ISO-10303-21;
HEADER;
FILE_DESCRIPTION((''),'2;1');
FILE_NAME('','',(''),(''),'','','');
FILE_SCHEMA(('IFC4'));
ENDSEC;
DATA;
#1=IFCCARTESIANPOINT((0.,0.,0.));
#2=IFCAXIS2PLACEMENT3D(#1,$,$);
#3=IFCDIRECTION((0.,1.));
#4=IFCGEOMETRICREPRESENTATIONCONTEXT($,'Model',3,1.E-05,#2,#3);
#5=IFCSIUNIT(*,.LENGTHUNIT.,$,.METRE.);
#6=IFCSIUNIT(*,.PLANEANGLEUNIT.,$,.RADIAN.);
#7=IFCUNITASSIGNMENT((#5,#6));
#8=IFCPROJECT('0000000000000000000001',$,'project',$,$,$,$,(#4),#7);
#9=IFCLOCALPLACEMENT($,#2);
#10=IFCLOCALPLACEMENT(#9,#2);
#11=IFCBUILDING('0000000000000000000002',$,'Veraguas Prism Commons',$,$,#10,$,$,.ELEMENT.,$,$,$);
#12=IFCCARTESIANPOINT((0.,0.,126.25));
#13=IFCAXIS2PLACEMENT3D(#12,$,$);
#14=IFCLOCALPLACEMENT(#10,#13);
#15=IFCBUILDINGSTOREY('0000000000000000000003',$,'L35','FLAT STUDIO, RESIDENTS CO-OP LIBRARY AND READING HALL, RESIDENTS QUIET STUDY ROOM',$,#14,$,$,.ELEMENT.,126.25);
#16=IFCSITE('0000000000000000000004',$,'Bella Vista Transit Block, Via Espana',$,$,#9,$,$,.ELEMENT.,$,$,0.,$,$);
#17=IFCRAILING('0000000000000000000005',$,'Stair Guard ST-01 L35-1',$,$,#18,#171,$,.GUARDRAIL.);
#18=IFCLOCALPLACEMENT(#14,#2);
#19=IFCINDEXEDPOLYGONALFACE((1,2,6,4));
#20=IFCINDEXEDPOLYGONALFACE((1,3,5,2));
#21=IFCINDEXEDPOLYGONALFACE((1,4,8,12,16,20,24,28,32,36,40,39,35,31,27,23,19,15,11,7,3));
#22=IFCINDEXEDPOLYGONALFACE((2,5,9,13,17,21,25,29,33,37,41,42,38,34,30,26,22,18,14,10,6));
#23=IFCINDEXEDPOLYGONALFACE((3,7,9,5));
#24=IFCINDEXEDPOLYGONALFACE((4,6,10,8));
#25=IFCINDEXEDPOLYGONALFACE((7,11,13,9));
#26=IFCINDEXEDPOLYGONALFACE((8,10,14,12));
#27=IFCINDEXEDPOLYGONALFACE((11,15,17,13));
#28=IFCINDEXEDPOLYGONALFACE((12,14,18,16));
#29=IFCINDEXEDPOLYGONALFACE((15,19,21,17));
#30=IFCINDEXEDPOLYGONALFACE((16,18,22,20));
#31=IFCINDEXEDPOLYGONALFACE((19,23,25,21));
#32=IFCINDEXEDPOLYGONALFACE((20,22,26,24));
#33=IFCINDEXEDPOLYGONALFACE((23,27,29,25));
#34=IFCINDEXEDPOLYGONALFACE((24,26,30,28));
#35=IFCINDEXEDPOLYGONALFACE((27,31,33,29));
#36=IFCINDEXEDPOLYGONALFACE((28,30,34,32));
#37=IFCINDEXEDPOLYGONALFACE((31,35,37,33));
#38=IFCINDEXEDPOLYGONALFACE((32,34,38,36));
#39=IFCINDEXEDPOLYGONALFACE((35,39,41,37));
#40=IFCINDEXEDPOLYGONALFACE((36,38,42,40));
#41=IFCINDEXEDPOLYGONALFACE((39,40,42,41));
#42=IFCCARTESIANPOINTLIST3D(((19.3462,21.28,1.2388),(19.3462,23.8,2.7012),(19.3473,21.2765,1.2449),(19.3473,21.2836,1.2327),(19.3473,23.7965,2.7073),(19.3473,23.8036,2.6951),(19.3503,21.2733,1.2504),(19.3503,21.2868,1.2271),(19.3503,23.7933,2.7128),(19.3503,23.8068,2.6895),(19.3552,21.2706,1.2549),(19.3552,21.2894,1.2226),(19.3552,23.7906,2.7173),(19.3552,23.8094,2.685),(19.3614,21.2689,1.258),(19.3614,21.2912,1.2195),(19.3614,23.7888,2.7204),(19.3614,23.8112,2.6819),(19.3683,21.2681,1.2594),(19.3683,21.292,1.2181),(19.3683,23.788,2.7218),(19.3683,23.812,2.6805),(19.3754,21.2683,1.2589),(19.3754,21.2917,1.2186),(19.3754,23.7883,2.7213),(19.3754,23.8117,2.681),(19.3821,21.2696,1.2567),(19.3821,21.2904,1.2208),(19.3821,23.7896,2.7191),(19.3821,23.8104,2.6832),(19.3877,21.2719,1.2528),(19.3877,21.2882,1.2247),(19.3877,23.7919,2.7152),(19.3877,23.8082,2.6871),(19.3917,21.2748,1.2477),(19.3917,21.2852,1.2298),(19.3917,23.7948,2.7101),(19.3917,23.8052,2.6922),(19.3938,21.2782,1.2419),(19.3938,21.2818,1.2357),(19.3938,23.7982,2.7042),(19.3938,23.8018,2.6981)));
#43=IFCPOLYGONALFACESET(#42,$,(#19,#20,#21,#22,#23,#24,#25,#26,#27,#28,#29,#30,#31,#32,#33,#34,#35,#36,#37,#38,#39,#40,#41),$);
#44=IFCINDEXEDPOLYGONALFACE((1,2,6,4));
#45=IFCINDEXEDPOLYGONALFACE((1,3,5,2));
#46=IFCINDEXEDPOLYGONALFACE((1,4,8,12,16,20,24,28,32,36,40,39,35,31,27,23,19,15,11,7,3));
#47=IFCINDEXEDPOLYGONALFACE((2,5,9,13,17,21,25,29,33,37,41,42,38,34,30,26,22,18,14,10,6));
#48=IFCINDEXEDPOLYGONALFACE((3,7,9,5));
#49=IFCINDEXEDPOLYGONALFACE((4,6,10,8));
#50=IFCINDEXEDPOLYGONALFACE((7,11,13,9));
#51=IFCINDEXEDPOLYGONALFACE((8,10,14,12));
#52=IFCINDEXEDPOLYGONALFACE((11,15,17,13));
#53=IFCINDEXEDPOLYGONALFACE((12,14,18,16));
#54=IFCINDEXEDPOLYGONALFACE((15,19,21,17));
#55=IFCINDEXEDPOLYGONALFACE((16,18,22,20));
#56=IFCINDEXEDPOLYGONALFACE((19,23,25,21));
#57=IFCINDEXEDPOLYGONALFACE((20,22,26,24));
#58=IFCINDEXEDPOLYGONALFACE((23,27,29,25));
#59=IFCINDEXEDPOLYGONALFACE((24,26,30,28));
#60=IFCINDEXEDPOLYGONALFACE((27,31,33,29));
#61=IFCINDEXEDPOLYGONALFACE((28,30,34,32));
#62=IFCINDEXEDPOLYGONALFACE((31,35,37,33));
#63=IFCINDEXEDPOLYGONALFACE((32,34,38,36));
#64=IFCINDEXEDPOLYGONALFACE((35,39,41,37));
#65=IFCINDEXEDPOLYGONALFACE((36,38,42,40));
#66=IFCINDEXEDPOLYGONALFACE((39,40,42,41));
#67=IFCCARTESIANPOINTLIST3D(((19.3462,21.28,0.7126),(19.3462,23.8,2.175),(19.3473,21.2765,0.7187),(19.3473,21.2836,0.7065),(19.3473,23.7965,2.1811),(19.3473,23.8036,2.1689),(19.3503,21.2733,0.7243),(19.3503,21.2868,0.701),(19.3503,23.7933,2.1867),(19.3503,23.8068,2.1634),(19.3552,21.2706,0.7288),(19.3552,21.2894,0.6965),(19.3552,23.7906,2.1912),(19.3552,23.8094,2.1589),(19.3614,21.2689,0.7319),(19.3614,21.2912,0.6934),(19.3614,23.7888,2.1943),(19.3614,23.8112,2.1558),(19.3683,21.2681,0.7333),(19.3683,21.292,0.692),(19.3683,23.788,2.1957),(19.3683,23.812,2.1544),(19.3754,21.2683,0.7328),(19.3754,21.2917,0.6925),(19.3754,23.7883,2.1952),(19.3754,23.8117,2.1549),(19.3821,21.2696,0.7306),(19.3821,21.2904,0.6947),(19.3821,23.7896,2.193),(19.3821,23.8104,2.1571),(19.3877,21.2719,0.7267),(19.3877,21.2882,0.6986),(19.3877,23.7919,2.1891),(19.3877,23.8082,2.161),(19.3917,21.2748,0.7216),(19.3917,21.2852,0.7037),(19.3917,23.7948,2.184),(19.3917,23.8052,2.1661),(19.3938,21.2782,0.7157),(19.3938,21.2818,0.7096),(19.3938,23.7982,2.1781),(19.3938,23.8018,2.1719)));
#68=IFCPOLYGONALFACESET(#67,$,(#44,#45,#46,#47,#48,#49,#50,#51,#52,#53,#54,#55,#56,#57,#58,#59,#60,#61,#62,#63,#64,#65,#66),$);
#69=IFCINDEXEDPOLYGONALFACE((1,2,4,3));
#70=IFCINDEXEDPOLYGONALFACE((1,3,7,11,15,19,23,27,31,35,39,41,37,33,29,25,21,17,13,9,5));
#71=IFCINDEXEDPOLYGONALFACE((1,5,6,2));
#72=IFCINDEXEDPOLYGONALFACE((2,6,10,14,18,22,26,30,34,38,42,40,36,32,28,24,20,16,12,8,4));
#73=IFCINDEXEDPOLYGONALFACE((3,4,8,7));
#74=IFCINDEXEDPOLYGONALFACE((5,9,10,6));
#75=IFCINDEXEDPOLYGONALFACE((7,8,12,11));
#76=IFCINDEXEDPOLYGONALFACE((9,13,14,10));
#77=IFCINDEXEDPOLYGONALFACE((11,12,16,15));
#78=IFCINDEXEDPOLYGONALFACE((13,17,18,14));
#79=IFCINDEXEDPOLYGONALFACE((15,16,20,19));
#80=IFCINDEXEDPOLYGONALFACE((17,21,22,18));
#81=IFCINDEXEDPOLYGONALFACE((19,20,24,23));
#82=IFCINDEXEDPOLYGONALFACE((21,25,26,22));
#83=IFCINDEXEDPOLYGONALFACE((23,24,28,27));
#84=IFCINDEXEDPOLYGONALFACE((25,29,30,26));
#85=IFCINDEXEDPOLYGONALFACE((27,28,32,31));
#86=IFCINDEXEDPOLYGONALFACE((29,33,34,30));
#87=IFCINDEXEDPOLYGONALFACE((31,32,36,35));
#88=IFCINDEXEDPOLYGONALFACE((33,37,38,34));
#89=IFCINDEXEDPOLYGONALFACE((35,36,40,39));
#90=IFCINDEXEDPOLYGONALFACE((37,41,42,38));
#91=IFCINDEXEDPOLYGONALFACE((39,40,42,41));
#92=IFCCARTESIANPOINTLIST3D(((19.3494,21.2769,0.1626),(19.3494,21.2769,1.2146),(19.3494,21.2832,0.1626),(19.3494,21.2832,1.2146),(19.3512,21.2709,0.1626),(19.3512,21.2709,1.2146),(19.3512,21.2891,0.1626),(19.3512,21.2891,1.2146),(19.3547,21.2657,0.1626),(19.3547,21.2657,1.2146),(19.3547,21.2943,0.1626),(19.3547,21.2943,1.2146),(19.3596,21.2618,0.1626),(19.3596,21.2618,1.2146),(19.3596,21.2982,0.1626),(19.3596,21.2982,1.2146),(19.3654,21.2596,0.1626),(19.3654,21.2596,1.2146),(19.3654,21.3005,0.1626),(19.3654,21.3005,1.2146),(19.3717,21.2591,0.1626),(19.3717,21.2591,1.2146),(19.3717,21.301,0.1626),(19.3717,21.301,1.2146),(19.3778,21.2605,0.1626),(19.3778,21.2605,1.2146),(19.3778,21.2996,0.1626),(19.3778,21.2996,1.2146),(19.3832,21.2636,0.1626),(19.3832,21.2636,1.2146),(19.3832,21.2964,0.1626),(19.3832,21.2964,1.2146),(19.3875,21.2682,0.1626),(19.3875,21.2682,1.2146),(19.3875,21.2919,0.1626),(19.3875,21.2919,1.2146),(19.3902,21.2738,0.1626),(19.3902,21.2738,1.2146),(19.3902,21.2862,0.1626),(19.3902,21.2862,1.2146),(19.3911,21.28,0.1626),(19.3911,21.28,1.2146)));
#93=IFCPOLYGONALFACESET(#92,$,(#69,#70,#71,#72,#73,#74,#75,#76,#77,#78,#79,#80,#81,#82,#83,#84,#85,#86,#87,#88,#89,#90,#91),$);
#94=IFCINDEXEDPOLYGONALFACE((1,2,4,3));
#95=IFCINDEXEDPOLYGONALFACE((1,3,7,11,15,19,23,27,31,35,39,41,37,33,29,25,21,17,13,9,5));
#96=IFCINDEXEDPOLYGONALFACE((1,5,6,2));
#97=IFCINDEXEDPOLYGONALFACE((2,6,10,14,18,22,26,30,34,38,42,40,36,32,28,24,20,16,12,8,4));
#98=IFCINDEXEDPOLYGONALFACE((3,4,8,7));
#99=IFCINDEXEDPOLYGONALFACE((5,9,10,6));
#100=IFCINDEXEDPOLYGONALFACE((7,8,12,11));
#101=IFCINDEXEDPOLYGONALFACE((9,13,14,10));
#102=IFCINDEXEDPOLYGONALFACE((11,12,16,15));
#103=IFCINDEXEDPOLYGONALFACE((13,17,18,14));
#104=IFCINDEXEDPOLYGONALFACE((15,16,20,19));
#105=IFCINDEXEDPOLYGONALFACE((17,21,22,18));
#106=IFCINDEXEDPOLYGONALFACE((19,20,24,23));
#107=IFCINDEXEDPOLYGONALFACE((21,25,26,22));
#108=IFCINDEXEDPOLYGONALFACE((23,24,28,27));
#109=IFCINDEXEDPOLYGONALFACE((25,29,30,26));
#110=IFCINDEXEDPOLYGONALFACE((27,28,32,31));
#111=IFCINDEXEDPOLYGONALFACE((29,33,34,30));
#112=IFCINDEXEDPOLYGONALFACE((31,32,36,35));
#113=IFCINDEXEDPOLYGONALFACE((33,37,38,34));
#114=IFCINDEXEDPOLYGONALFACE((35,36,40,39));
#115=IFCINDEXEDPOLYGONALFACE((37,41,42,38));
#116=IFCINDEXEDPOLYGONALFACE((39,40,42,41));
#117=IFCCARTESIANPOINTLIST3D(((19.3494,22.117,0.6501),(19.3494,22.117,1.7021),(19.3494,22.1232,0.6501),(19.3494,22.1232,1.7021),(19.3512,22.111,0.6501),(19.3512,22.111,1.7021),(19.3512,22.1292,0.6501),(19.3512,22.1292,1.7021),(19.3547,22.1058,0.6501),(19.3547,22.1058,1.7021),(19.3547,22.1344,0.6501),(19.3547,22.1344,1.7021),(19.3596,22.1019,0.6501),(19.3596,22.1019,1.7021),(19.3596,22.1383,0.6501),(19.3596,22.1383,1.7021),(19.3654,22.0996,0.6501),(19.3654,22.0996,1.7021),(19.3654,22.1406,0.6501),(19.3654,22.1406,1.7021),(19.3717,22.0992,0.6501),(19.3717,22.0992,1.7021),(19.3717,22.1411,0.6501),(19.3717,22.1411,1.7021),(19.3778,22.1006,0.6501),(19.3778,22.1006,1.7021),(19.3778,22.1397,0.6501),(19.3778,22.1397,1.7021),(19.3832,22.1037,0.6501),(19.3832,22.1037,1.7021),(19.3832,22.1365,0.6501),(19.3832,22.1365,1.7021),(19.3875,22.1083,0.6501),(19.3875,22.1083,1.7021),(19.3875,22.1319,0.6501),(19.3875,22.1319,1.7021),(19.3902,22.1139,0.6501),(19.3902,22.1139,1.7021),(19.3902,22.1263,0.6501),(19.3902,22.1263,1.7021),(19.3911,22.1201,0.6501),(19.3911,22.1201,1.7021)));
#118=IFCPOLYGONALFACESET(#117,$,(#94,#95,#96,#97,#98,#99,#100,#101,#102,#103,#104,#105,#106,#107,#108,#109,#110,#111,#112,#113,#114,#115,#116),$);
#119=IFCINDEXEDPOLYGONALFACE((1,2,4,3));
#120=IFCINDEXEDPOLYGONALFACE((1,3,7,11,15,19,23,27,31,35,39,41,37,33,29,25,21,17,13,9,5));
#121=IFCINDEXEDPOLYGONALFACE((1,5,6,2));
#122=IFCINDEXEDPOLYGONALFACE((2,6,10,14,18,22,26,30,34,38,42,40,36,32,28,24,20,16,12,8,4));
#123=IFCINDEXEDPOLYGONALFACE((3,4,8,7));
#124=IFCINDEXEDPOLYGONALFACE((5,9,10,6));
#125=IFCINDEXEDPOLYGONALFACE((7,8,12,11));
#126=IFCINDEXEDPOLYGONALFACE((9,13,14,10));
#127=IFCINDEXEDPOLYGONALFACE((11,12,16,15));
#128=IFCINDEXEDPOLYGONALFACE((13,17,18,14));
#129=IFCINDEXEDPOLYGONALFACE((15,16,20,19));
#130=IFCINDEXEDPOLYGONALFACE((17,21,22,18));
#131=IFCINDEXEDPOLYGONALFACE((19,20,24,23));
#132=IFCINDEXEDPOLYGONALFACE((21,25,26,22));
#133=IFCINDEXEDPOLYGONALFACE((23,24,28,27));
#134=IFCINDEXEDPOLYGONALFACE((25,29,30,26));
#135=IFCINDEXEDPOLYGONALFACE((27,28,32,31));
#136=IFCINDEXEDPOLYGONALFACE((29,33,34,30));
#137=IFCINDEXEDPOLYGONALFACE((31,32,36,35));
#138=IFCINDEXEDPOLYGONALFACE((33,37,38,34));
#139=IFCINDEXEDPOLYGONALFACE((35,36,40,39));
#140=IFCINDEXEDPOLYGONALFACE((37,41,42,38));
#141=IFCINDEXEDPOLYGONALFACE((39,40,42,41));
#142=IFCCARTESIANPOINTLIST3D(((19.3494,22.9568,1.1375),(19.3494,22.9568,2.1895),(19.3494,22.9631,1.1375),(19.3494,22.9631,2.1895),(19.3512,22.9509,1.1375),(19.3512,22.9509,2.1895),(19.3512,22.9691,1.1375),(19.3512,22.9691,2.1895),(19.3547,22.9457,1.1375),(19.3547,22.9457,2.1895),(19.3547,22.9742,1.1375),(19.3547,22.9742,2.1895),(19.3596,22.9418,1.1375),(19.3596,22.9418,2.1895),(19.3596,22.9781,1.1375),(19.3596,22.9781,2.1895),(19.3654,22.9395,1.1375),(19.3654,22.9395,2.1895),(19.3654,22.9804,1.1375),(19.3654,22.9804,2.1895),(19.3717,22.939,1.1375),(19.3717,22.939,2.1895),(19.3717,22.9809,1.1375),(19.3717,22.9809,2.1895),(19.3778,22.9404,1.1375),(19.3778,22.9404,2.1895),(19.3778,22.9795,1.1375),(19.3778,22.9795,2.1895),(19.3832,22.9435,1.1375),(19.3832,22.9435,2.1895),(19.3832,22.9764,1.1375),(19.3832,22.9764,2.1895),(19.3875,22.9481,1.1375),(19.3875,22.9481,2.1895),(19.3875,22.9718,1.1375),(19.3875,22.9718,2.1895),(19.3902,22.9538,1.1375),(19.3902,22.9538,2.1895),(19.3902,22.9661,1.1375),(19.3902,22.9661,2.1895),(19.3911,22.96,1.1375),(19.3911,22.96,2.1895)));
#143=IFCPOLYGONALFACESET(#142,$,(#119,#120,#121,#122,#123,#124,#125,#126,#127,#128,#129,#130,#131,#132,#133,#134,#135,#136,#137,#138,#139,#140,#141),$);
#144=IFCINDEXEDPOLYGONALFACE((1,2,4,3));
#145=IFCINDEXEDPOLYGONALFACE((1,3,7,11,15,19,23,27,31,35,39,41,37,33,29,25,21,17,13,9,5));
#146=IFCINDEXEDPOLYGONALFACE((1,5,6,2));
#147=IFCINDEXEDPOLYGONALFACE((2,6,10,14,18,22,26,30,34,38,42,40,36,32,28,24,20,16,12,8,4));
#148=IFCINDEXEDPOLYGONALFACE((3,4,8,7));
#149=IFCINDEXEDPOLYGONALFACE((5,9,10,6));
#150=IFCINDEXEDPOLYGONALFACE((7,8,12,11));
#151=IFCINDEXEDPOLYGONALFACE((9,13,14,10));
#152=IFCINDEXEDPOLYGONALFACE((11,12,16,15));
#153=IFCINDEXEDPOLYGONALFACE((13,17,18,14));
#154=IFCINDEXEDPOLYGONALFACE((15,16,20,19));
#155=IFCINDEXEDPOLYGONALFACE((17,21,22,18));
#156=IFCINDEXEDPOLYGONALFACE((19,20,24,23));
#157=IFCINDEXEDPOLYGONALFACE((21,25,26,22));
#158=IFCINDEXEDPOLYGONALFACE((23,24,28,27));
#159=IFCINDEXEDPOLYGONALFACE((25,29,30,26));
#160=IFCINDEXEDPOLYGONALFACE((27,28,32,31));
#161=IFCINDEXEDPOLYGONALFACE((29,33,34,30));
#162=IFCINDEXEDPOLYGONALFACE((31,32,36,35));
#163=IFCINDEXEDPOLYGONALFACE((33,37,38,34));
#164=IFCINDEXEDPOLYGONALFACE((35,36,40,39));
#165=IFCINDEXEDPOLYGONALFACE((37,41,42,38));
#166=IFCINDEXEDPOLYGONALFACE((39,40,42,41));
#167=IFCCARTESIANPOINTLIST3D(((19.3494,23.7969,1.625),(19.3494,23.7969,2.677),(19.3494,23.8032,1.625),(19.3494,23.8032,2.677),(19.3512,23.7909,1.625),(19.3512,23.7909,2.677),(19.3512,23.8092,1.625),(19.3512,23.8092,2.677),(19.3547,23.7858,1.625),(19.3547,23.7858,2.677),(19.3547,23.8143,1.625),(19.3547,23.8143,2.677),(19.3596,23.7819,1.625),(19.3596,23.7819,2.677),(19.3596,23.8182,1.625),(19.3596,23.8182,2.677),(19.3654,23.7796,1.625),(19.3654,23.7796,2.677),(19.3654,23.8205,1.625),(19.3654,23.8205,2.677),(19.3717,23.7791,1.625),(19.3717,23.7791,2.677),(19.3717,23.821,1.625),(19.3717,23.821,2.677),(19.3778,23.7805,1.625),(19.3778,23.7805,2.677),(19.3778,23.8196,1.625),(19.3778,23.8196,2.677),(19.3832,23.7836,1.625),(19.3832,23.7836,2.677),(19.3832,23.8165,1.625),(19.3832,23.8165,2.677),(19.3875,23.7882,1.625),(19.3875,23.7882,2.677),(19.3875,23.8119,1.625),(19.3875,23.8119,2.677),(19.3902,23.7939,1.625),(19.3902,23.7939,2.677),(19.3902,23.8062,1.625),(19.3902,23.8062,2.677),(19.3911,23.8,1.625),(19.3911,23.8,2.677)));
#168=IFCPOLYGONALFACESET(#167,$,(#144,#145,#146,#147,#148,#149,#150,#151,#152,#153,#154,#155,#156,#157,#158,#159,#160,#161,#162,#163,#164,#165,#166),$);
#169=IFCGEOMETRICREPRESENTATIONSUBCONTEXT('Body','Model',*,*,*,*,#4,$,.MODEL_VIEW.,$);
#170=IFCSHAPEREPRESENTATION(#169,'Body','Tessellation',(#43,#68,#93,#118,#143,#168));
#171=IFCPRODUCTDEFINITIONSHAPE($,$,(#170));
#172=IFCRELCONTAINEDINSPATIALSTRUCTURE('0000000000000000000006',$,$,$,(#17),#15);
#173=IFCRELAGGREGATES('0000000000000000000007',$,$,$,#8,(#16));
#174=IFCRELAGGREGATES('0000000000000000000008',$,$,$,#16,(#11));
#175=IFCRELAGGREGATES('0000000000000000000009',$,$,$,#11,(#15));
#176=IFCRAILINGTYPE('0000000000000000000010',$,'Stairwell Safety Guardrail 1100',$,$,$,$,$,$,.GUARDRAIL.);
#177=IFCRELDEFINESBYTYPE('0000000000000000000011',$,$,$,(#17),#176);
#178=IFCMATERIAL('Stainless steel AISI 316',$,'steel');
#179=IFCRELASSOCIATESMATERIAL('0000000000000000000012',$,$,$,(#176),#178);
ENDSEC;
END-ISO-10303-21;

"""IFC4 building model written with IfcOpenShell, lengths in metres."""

from ifc_helpers import new_model, si_unit, direction, frame, origin, origin_2d, place, context, subcontext, project, spatial, circle, extrude, material, type_object, element, save


model = new_model("IFC4")

# Units and contexts
model_context = context("Model", 3, precision=1e-05, world=origin(), true_north=direction((0.0, 1.0)))
body_context = subcontext(model_context, "Body", "Model", "MODEL_VIEW")
ifc_project = project(units=[si_unit("LENGTHUNIT", "METRE"), si_unit("PLANEANGLEUNIT", "RADIAN")], contexts=[model_context])

# Site, building, storey
site_placement = place(None, origin())
site = spatial("IfcSite", under=ifc_project, at=site_placement, Name="Bella Vista Transit Block, Via Espana", CompositionType="ELEMENT", RefElevation=0.0)
building_placement = place(site_placement, origin())
building = spatial("IfcBuilding", under=site, at=building_placement, Name="Veraguas Prism Commons", CompositionType="ELEMENT")
storey_placement = place(building_placement, frame((0.0, 0.0, 126.25)))
storey = spatial("IfcBuildingStorey", under=building, at=storey_placement, Name="L35", Description="FLAT STUDIO, RESIDENTS CO-OP LIBRARY AND READING HALL, RESIDENTS QUIET STUDY ROOM", CompositionType="ELEMENT", Elevation=126.25)

# Railing
ifc_material_1 = material(Name="Stainless steel AISI 316", Category="steel")
railing_type_1 = type_object("IfcRailingType", Name="Stairwell Safety Guardrail 1100", PredefinedType="GUARDRAIL", material=ifc_material_1)
railing_1_placement = place(storey_placement, frame((19.3701, 21.28, 0.1626)))
element("IfcRailing", 1, at=railing_1_placement, inside=storey, type_object=railing_type_1, Name="Stair Guard ST-01 L35-1", PredefinedType="GUARDRAIL", context=body_context, shape_type="SweptSolid", body=[
    extrude(circle(Radius=0.0239, at=origin_2d()), frame((0.0, 0.0, 1.0762), z_axis=(0.0, 0.864913, 0.501921), x_axis=(-1.0, 0.0, 0.0)), (0.0, 0.0, 1.0), 2.9136),
    extrude(circle(Radius=0.0239, at=origin_2d()), frame((0.0, 0.0, 0.55), z_axis=(0.0, 0.864913, 0.501921), x_axis=(-1.0, 0.0, 0.0)), (0.0, 0.0, 1.0), 2.9136),
    extrude(circle(Radius=0.021, at=origin_2d()), origin(), (0.0, 0.0, 1.0), 1.052),
    extrude(circle(Radius=0.021, at=origin_2d()), frame((0.0, 0.8401, 0.4875)), (0.0, 0.0, 1.0), 1.052),
    extrude(circle(Radius=0.021, at=origin_2d()), frame((0.0, 1.6799, 0.9749)), (0.0, 0.0, 1.0), 1.052),
    extrude(circle(Radius=0.021, at=origin_2d()), frame((0.0, 2.52, 1.4624)), (0.0, 0.0, 1.0), 1.052),
])

save(model, "model.ifc")
